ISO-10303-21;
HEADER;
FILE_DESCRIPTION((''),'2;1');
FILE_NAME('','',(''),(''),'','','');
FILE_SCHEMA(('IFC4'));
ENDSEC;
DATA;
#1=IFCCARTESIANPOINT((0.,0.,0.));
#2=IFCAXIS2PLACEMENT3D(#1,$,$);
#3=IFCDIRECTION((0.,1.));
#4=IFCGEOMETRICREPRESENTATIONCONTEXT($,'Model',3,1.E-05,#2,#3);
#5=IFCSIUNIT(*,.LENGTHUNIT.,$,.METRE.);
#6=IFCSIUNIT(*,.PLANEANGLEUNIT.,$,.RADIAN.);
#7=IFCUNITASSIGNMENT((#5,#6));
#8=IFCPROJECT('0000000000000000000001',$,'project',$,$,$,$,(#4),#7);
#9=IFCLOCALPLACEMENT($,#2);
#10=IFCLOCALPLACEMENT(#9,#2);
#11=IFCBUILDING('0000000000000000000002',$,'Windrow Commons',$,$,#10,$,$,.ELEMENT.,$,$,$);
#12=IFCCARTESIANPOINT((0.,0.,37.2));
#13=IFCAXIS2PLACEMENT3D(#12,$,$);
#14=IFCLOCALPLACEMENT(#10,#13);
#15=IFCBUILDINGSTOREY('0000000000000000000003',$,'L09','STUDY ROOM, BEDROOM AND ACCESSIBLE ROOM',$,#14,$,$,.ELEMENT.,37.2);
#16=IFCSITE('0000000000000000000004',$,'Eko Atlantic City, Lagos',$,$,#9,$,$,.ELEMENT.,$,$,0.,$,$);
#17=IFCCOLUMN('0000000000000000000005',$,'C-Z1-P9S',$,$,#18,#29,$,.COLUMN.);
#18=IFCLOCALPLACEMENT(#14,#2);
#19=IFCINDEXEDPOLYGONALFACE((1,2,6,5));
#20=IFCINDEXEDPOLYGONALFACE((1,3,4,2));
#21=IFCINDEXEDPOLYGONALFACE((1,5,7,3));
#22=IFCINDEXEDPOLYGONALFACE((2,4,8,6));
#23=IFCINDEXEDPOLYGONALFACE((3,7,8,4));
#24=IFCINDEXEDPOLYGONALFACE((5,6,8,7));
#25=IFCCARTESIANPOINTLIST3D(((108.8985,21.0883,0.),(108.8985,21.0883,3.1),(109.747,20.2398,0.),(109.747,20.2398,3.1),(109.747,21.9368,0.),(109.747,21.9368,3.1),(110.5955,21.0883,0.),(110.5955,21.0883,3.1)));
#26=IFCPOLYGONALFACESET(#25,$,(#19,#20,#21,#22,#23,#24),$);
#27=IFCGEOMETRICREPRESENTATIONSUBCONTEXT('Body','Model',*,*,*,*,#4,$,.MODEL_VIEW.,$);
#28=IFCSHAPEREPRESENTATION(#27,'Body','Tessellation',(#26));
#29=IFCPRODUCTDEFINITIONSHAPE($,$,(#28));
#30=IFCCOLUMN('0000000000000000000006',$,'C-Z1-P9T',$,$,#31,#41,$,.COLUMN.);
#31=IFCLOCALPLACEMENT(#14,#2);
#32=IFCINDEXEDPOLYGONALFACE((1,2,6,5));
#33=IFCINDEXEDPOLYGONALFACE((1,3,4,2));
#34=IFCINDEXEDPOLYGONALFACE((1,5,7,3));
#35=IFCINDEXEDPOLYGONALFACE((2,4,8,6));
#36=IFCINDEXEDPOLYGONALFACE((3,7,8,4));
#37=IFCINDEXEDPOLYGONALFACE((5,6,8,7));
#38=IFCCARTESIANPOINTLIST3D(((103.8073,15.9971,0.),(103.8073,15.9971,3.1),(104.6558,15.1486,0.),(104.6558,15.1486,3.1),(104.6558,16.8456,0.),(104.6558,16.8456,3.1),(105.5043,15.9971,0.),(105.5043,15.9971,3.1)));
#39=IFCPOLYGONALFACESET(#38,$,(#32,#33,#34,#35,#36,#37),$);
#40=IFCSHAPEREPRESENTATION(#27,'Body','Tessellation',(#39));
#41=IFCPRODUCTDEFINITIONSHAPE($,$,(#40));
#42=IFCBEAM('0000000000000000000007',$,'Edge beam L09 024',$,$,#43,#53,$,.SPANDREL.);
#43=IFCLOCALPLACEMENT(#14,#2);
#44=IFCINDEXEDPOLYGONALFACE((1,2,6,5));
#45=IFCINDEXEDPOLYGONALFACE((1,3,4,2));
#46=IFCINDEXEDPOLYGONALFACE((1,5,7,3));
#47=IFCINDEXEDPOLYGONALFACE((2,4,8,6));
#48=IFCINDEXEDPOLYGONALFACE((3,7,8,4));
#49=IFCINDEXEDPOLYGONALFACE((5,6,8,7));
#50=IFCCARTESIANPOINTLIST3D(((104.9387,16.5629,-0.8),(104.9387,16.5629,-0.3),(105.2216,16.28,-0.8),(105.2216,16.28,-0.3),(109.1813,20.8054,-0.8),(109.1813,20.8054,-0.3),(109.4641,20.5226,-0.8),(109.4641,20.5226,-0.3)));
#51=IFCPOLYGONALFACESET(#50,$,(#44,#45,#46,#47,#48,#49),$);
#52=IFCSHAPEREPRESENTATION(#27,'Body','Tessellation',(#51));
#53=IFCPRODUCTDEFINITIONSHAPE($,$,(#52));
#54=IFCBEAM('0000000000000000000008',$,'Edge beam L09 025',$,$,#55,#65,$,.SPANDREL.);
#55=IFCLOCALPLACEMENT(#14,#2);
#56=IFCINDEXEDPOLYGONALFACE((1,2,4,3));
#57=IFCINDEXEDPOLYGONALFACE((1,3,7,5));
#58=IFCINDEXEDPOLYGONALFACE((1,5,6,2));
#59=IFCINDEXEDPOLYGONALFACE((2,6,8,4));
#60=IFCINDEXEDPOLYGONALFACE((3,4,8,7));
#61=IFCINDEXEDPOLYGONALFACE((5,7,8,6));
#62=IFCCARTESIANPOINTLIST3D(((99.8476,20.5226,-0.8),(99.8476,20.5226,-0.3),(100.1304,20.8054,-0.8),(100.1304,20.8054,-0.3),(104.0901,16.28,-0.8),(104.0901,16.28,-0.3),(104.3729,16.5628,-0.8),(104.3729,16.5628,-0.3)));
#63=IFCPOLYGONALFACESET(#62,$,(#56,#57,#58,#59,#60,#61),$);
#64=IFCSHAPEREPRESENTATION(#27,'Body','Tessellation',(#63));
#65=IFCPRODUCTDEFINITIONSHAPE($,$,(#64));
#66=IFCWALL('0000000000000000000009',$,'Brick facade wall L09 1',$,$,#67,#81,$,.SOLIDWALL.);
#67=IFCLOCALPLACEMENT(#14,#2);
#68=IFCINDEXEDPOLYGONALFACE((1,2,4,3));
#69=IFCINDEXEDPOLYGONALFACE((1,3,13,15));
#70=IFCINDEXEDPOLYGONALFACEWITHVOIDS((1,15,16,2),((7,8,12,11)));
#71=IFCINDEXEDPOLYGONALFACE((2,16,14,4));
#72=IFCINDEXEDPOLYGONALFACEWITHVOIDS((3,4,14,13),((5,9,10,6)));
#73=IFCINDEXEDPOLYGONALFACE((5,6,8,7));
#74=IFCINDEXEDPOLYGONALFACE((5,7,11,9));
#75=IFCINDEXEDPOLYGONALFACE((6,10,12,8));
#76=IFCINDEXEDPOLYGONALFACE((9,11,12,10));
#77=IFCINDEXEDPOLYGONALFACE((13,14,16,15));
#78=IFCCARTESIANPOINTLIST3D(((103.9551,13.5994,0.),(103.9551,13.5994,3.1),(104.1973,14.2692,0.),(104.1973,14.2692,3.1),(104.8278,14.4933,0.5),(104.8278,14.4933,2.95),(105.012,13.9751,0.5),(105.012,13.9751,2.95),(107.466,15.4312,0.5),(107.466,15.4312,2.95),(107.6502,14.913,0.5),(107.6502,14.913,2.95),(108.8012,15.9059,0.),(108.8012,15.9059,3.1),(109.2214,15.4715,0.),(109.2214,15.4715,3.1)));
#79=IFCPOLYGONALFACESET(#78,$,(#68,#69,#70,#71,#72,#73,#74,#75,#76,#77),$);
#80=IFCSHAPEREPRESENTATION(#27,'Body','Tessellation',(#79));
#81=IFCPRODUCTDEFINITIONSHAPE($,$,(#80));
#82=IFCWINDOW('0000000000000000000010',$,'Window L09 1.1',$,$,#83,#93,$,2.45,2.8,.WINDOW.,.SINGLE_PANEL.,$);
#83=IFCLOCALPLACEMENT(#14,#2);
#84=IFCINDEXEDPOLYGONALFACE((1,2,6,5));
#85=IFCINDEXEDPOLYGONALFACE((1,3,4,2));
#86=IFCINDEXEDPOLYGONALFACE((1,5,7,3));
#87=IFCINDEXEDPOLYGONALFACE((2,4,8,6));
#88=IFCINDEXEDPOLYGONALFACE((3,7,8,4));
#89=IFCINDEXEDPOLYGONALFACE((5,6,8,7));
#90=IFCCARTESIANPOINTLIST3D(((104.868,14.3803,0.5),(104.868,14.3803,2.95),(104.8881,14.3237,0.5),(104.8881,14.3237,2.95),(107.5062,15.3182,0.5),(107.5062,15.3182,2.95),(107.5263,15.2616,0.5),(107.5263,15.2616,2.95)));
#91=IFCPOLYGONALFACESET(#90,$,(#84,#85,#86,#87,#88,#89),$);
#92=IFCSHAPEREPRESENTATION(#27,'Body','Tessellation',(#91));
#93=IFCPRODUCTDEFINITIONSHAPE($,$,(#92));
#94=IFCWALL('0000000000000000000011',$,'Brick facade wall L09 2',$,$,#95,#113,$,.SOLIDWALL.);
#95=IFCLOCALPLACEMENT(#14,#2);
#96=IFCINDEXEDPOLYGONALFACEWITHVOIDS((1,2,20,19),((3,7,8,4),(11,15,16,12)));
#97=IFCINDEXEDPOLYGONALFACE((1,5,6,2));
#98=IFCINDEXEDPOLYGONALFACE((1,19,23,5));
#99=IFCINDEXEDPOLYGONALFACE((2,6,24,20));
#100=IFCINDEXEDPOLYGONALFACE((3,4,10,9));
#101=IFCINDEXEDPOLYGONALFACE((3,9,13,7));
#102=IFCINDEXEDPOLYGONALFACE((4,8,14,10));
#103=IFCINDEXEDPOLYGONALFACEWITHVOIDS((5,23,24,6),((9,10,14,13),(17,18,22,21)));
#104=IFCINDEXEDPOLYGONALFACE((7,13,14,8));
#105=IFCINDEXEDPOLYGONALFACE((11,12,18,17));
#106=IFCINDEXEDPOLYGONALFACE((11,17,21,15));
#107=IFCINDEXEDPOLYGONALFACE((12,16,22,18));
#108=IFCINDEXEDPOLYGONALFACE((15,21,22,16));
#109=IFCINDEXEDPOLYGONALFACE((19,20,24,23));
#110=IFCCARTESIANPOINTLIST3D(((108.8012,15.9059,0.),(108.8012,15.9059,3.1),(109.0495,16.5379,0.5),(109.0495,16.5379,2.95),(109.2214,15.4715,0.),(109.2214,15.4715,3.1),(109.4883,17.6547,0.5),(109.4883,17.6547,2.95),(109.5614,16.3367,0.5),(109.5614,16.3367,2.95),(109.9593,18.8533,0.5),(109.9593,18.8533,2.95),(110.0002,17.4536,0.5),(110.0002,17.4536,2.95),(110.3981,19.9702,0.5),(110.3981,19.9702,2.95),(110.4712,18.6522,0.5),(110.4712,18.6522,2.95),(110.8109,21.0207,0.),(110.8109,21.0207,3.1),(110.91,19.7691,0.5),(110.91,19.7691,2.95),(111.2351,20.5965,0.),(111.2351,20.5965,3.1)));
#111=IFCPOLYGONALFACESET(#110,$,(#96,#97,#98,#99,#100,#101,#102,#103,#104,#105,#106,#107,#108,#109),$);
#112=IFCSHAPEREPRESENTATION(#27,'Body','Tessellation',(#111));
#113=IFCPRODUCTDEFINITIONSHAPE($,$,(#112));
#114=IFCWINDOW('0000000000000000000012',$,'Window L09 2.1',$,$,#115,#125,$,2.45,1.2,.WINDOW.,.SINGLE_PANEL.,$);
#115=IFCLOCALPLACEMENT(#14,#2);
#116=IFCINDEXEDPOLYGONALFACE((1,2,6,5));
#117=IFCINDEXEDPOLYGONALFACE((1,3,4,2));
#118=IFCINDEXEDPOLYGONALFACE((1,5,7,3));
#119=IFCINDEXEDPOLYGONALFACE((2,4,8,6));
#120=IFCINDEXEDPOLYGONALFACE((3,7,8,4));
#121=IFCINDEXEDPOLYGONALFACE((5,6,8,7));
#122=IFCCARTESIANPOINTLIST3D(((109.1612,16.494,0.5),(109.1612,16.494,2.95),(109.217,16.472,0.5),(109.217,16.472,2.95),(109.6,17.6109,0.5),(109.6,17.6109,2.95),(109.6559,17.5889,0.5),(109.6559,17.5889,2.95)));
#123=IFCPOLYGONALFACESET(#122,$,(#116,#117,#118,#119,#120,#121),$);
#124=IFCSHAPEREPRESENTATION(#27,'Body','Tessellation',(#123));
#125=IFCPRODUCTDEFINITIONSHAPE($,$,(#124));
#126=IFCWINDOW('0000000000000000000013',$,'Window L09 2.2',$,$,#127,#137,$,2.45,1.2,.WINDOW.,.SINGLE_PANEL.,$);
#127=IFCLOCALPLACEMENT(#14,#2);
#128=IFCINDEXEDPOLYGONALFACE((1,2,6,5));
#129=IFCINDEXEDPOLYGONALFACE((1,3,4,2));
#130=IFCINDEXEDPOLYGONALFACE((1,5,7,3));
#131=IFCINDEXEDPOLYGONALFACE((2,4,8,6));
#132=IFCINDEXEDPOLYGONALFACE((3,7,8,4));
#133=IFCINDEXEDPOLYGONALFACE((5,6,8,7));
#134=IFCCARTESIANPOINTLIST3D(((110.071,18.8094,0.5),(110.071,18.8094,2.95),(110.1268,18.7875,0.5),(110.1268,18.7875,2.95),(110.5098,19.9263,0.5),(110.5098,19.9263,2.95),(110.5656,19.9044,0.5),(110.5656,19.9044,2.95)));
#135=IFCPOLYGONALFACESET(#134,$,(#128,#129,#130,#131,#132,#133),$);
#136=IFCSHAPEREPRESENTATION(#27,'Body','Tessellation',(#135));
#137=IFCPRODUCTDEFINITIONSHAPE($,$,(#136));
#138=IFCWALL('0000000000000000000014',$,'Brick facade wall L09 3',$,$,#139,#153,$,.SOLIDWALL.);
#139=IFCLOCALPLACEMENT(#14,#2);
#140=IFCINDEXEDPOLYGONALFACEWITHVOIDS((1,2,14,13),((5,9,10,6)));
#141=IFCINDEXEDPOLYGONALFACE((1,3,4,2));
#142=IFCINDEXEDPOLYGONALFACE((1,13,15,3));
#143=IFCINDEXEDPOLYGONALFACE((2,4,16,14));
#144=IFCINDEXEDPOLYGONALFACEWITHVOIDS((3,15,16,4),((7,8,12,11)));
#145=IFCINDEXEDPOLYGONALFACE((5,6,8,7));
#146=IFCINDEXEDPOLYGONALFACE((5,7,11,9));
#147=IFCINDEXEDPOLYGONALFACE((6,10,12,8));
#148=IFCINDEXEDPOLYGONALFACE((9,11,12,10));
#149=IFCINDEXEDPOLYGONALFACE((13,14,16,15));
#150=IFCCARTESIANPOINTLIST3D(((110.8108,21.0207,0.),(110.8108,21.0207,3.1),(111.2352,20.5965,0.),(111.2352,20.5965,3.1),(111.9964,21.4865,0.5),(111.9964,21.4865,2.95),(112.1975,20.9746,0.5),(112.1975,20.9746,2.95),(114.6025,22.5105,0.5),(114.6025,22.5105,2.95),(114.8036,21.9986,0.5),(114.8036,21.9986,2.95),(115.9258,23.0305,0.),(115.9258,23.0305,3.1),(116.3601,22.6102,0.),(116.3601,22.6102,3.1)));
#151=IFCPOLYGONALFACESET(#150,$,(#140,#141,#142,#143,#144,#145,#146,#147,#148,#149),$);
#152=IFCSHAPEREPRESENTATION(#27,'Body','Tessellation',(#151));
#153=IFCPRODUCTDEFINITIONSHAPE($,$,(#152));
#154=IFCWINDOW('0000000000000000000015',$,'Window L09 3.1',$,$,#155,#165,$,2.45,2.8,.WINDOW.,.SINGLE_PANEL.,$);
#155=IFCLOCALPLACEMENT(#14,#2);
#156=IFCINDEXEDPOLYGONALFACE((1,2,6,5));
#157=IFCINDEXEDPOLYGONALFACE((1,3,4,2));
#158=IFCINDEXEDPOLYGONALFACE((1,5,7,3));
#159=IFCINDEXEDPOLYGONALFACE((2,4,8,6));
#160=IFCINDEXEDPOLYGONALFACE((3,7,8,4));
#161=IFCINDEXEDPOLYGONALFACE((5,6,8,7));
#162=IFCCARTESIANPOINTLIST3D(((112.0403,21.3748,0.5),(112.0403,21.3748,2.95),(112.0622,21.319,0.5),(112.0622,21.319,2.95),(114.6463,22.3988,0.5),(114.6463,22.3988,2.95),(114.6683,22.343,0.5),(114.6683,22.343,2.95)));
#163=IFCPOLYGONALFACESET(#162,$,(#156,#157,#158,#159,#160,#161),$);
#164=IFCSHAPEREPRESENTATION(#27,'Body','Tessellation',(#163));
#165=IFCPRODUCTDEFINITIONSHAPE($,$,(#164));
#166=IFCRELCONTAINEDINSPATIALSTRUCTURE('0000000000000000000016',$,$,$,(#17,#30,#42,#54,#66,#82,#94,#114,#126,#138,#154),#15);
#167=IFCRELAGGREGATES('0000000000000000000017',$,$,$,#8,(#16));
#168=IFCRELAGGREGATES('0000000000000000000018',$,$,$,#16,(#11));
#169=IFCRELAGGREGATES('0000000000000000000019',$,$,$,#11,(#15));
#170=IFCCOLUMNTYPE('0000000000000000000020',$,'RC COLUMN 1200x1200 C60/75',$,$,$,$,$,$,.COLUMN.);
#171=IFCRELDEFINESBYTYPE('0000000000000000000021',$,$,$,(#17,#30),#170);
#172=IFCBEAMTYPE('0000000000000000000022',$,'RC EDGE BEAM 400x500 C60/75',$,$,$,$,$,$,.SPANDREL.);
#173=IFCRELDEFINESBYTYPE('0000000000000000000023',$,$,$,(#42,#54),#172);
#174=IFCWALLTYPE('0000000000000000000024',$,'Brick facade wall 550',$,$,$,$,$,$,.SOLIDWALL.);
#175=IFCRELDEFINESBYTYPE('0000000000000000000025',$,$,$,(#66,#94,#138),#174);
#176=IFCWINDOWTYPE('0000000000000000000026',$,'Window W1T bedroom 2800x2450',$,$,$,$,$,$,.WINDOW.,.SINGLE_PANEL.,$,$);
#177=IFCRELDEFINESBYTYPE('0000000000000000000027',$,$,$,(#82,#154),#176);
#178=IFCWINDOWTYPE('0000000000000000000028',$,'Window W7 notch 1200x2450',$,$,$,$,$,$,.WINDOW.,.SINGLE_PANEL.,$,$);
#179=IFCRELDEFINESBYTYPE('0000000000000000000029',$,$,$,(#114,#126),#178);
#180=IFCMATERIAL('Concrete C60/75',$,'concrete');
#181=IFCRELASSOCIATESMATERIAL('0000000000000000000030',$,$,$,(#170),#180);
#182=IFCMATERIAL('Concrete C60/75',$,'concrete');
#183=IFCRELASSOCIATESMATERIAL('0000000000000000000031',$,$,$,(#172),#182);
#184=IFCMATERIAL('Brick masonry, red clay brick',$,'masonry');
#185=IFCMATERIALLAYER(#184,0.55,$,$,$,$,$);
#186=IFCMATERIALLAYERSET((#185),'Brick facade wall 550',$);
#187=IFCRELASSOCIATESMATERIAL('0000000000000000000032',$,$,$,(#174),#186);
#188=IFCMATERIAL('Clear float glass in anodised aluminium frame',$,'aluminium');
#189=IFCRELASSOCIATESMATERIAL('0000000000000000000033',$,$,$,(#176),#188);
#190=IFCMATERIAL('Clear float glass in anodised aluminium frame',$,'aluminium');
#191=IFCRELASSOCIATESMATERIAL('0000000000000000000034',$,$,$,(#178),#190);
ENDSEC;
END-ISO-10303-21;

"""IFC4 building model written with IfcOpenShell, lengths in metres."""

from ifc_helpers import new_model, si_unit, direction, frame, frame_2d, origin, origin_2d, place, context, subcontext, project, spatial, polyline, rectangle, outline, extrude, material, layer, layer_set, material_profile, profile_set, type_object, element, fill, save


model = new_model("IFC4")

# Units and contexts
model_context = context("Model", 3, precision=1e-05, world=origin(), true_north=direction((0.0, 1.0)))
body_context = subcontext(model_context, "Body", "Model", "MODEL_VIEW")
ifc_project = project(units=[si_unit("LENGTHUNIT", "METRE"), si_unit("PLANEANGLEUNIT", "RADIAN")], contexts=[model_context])

# Site, building, storey
site_placement = place(None, origin())
site = spatial("IfcSite", under=ifc_project, at=site_placement, Name="Eko Atlantic City, Lagos", CompositionType="ELEMENT", RefElevation=0.0)
building_placement = place(site_placement, origin())
building = spatial("IfcBuilding", under=site, at=building_placement, Name="Windrow Commons", CompositionType="ELEMENT")
storey_placement = place(building_placement, frame((0.0, 0.0, 37.2)))
storey = spatial("IfcBuildingStorey", under=building, at=storey_placement, Name="L09", Description="STUDY ROOM, BEDROOM AND ACCESSIBLE ROOM", CompositionType="ELEMENT", Elevation=37.2)

# Columns
ifc_material_1 = material(Name="Concrete C60/75", Category="concrete")
ifc_material_profile_1 = material_profile(ifc_material_1, rectangle(XDim=1.2, YDim=1.2, at=origin_2d()))
ifc_profile_set_1 = profile_set([ifc_material_profile_1], Name="Concrete C60/75")
column_type = type_object("IfcColumnType", Name="RC COLUMN 1200x1200 C60/75", PredefinedType="COLUMN", material=ifc_profile_set_1)
for number, where, z_axis, x_axis, name in (
    (1, (109.747, 21.0883, 0.0), (0.0, 0.0, 1.0), (0.707107, -0.707107, 0.0), "C-Z1-P9S"),
    (2, (104.6558, 15.9971, 0.0), (0.0, 0.0, 1.0), (0.707107, -0.707107, 0.0), "C-Z1-P9T"),
):
    element("IfcColumn", number, at=place(storey_placement, frame(where, z_axis=z_axis, x_axis=x_axis)), inside=storey, type_object=column_type, Name=name, PredefinedType="COLUMN", context=body_context, shape_type="SweptSolid", body=[
        extrude(rectangle(XDim=1.2, YDim=1.2, at=origin_2d()), origin(), (0.0, 0.0, 1.0), 3.1),
    ])

# Beams
ifc_material_2 = material(Name="Concrete C60/75", Category="concrete")
ifc_material_profile_2 = material_profile(ifc_material_2, rectangle(XDim=0.4, YDim=0.5, at=origin_2d()))
ifc_profile_set_2 = profile_set([ifc_material_profile_2], Name="Concrete C60/75")
beam_type = type_object("IfcBeamType", Name="RC EDGE BEAM 400x500 C60/75", PredefinedType="SPANDREL", material=ifc_profile_set_2)
for number, where, z_axis, x_axis, name in (
    (3, (109.3227, 20.664, -0.55), (-0.707107, -0.707107, 0.0), (0.707107, -0.707107, 0.0), "Edge beam L09 024"),
    (4, (104.2315, 16.4214, -0.55), (-0.707098, 0.707115, 0.0), (-0.707115, -0.707098, 0.0), "Edge beam L09 025"),
):
    element("IfcBeam", number, at=place(storey_placement, frame(where, z_axis=z_axis, x_axis=x_axis)), inside=storey, type_object=beam_type, Name=name, PredefinedType="SPANDREL", context=body_context, shape_type="SweptSolid", body=[
        extrude(rectangle(XDim=0.4, YDim=0.5, at=origin_2d()), origin(), (0.0, 0.0, 1.0), 5.9999),
    ])

# Wall, opening, window
ifc_material_3 = material(Name="Brick masonry, red clay brick", Category="masonry")
ifc_layer_1 = layer(ifc_material_3, 0.55)
ifc_layer_set_1 = layer_set([ifc_layer_1], Name="Brick facade wall 550")
wall_type_1 = type_object("IfcWallType", Name="Brick facade wall 550", PredefinedType="SOLIDWALL", material=ifc_layer_set_1)
wall_1_placement = place(storey_placement, frame((104.0762, 13.9343, 0.0), z_axis=(0.0, 0.0, 1.0), x_axis=(0.942233, 0.334958, 0.0)))
wall_1 = element("IfcWall", 5, at=wall_1_placement, inside=storey, type_object=wall_type_1, Name="Brick facade wall L09 1", PredefinedType="SOLIDWALL", context=body_context, shape_type="SweptSolid", body=[
    extrude(outline(polyline([(-0.2263, -0.275), (5.3629, -0.275), (5.1124, 0.275), (0.2263, 0.275), (-0.2263, -0.275)])), origin(), (0.0, 0.0, 1.0), 3.1),
])
opening_1_placement = place(wall_1_placement, frame((0.8954, 0.0, 0.5)))
opening_1 = element("IfcOpeningElement", 6, at=opening_1_placement, cuts=wall_1, PredefinedType="OPENING", context=body_context, shape_type="SweptSolid", body=[
    extrude(rectangle(XDim=2.8, YDim=2.45, at=frame_2d((1.4, 1.225))), frame((0.0, 0.285, 0.0), z_axis=(0.0, -1.0, 0.0), x_axis=(1.0, 0.0, 0.0)), (0.0, 0.0, 1.0), 0.57),
])
ifc_material_4 = material(Name="Clear float glass in anodised aluminium frame", Category="aluminium")
window_type_1 = type_object("IfcWindowType", Name="Window W1T bedroom 2800x2450", PartitioningType="SINGLE_PANEL", PredefinedType="WINDOW", material=ifc_material_4)
window_1_placement = place(opening_1_placement, origin())
window_1 = element("IfcWindow", 7, at=window_1_placement, inside=storey, type_object=window_type_1, Name="Window L09 1.1", OverallHeight=2.45, OverallWidth=2.8, PartitioningType="SINGLE_PANEL", PredefinedType="WINDOW", context=body_context, shape_type="SweptSolid", body=[
    extrude(rectangle(XDim=2.8, YDim=2.45, at=frame_2d((1.4, 1.225))), frame((0.0, 0.155, 0.0), z_axis=(0.0, -1.0, 0.0), x_axis=(1.0, 0.0, 0.0)), (0.0, 0.0, 1.0), 0.06),
])
fill(opening_1, window_1)

# Wall, openings, windows
wall_2_placement = place(storey_placement, frame((109.0113, 15.6887, 0.0), z_axis=(0.0, 0.0, 1.0), x_axis=(0.365701, 0.930732, 0.0)))
wall_2 = element("IfcWall", 8, at=wall_2_placement, inside=storey, type_object=wall_type_1, Name="Brick facade wall L09 2", PredefinedType="SOLIDWALL", context=body_context, shape_type="SweptSolid", body=[
    extrude(outline(polyline([(-0.1253, -0.275), (5.3811, -0.275), (5.6208, 0.275), (0.1253, 0.275), (-0.1253, -0.275)])), origin(), (0.0, 0.0, 1.0), 3.1),
])
opening_2_placement = place(wall_2_placement, frame((0.8043, 0.0, 0.5)))
opening_2 = element("IfcOpeningElement", 9, at=opening_2_placement, cuts=wall_2, PredefinedType="OPENING", context=body_context, shape_type="SweptSolid", body=[
    extrude(rectangle(XDim=1.2, YDim=2.45, at=frame_2d((0.6, 1.225))), frame((0.0, 0.285, 0.0), z_axis=(0.0, -1.0, 0.0), x_axis=(1.0, 0.0, 0.0)), (0.0, 0.0, 1.0), 0.57),
])
opening_3_placement = place(wall_2_placement, frame((3.2921, 0.0, 0.5)))
opening_3 = element("IfcOpeningElement", 10, at=opening_3_placement, cuts=wall_2, PredefinedType="OPENING", context=body_context, shape_type="SweptSolid", body=[
    extrude(rectangle(XDim=1.2, YDim=2.45, at=frame_2d((0.6, 1.225))), frame((0.0, 0.285, 0.0), z_axis=(0.0, -1.0, 0.0), x_axis=(1.0, 0.0, 0.0)), (0.0, 0.0, 1.0), 0.57),
])
ifc_material_5 = material(Name="Clear float glass in anodised aluminium frame", Category="aluminium")
window_type_2 = type_object("IfcWindowType", Name="Window W7 notch 1200x2450", PartitioningType="SINGLE_PANEL", PredefinedType="WINDOW", material=ifc_material_5)
window_2_placement = place(opening_2_placement, origin())
window_2 = element("IfcWindow", 11, at=window_2_placement, inside=storey, type_object=window_type_2, Name="Window L09 2.1", OverallHeight=2.45, OverallWidth=1.2, PartitioningType="SINGLE_PANEL", PredefinedType="WINDOW", context=body_context, shape_type="SweptSolid", body=[
    extrude(rectangle(XDim=1.2, YDim=2.45, at=frame_2d((0.6, 1.225))), frame((0.0, 0.155, 0.0), z_axis=(0.0, -1.0, 0.0), x_axis=(1.0, 0.0, 0.0)), (0.0, 0.0, 1.0), 0.06),
])
fill(opening_2, window_2)
window_3_placement = place(opening_3_placement, origin())
window_3 = element("IfcWindow", 12, at=window_3_placement, inside=storey, type_object=window_type_2, Name="Window L09 2.2", OverallHeight=2.45, OverallWidth=1.2, PartitioningType="SINGLE_PANEL", PredefinedType="WINDOW", context=body_context, shape_type="SweptSolid", body=[
    extrude(rectangle(XDim=1.2, YDim=2.45, at=frame_2d((0.6, 1.225))), frame((0.0, 0.155, 0.0), z_axis=(0.0, -1.0, 0.0), x_axis=(1.0, 0.0, 0.0)), (0.0, 0.0, 1.0), 0.06),
])
fill(opening_3, window_3)

# Wall, opening, window
wall_3_placement = place(storey_placement, frame((111.023, 20.8086, 0.0), z_axis=(0.0, 0.0, 1.0), x_axis=(0.930732, 0.365701, 0.0)))
wall_3 = element("IfcWall", 13, at=wall_3_placement, inside=storey, type_object=wall_type_1, Name="Brick facade wall L09 3", PredefinedType="SOLIDWALL", context=body_context, shape_type="SweptSolid", body=[
    extrude(outline(polyline([(0.1199, -0.275), (5.6262, -0.275), (5.3757, 0.275), (-0.1199, 0.275), (0.1199, -0.275)])), origin(), (0.0, 0.0, 1.0), 3.1),
])
opening_4_placement = place(wall_3_placement, frame((1.1539, 0.0, 0.5)))
opening_4 = element("IfcOpeningElement", 14, at=opening_4_placement, cuts=wall_3, PredefinedType="OPENING", context=body_context, shape_type="SweptSolid", body=[
    extrude(rectangle(XDim=2.8, YDim=2.45, at=frame_2d((1.4, 1.225))), frame((0.0, 0.285, 0.0), z_axis=(0.0, -1.0, 0.0), x_axis=(1.0, 0.0, 0.0)), (0.0, 0.0, 1.0), 0.57),
])
window_4_placement = place(opening_4_placement, origin())
window_4 = element("IfcWindow", 15, at=window_4_placement, inside=storey, type_object=window_type_1, Name="Window L09 3.1", OverallHeight=2.45, OverallWidth=2.8, PartitioningType="SINGLE_PANEL", PredefinedType="WINDOW", context=body_context, shape_type="SweptSolid", body=[
    extrude(rectangle(XDim=2.8, YDim=2.45, at=frame_2d((1.4, 1.225))), frame((0.0, 0.155, 0.0), z_axis=(0.0, -1.0, 0.0), x_axis=(1.0, 0.0, 0.0)), (0.0, 0.0, 1.0), 0.06),
])
fill(opening_4, window_4)

save(model, "model.ifc")
